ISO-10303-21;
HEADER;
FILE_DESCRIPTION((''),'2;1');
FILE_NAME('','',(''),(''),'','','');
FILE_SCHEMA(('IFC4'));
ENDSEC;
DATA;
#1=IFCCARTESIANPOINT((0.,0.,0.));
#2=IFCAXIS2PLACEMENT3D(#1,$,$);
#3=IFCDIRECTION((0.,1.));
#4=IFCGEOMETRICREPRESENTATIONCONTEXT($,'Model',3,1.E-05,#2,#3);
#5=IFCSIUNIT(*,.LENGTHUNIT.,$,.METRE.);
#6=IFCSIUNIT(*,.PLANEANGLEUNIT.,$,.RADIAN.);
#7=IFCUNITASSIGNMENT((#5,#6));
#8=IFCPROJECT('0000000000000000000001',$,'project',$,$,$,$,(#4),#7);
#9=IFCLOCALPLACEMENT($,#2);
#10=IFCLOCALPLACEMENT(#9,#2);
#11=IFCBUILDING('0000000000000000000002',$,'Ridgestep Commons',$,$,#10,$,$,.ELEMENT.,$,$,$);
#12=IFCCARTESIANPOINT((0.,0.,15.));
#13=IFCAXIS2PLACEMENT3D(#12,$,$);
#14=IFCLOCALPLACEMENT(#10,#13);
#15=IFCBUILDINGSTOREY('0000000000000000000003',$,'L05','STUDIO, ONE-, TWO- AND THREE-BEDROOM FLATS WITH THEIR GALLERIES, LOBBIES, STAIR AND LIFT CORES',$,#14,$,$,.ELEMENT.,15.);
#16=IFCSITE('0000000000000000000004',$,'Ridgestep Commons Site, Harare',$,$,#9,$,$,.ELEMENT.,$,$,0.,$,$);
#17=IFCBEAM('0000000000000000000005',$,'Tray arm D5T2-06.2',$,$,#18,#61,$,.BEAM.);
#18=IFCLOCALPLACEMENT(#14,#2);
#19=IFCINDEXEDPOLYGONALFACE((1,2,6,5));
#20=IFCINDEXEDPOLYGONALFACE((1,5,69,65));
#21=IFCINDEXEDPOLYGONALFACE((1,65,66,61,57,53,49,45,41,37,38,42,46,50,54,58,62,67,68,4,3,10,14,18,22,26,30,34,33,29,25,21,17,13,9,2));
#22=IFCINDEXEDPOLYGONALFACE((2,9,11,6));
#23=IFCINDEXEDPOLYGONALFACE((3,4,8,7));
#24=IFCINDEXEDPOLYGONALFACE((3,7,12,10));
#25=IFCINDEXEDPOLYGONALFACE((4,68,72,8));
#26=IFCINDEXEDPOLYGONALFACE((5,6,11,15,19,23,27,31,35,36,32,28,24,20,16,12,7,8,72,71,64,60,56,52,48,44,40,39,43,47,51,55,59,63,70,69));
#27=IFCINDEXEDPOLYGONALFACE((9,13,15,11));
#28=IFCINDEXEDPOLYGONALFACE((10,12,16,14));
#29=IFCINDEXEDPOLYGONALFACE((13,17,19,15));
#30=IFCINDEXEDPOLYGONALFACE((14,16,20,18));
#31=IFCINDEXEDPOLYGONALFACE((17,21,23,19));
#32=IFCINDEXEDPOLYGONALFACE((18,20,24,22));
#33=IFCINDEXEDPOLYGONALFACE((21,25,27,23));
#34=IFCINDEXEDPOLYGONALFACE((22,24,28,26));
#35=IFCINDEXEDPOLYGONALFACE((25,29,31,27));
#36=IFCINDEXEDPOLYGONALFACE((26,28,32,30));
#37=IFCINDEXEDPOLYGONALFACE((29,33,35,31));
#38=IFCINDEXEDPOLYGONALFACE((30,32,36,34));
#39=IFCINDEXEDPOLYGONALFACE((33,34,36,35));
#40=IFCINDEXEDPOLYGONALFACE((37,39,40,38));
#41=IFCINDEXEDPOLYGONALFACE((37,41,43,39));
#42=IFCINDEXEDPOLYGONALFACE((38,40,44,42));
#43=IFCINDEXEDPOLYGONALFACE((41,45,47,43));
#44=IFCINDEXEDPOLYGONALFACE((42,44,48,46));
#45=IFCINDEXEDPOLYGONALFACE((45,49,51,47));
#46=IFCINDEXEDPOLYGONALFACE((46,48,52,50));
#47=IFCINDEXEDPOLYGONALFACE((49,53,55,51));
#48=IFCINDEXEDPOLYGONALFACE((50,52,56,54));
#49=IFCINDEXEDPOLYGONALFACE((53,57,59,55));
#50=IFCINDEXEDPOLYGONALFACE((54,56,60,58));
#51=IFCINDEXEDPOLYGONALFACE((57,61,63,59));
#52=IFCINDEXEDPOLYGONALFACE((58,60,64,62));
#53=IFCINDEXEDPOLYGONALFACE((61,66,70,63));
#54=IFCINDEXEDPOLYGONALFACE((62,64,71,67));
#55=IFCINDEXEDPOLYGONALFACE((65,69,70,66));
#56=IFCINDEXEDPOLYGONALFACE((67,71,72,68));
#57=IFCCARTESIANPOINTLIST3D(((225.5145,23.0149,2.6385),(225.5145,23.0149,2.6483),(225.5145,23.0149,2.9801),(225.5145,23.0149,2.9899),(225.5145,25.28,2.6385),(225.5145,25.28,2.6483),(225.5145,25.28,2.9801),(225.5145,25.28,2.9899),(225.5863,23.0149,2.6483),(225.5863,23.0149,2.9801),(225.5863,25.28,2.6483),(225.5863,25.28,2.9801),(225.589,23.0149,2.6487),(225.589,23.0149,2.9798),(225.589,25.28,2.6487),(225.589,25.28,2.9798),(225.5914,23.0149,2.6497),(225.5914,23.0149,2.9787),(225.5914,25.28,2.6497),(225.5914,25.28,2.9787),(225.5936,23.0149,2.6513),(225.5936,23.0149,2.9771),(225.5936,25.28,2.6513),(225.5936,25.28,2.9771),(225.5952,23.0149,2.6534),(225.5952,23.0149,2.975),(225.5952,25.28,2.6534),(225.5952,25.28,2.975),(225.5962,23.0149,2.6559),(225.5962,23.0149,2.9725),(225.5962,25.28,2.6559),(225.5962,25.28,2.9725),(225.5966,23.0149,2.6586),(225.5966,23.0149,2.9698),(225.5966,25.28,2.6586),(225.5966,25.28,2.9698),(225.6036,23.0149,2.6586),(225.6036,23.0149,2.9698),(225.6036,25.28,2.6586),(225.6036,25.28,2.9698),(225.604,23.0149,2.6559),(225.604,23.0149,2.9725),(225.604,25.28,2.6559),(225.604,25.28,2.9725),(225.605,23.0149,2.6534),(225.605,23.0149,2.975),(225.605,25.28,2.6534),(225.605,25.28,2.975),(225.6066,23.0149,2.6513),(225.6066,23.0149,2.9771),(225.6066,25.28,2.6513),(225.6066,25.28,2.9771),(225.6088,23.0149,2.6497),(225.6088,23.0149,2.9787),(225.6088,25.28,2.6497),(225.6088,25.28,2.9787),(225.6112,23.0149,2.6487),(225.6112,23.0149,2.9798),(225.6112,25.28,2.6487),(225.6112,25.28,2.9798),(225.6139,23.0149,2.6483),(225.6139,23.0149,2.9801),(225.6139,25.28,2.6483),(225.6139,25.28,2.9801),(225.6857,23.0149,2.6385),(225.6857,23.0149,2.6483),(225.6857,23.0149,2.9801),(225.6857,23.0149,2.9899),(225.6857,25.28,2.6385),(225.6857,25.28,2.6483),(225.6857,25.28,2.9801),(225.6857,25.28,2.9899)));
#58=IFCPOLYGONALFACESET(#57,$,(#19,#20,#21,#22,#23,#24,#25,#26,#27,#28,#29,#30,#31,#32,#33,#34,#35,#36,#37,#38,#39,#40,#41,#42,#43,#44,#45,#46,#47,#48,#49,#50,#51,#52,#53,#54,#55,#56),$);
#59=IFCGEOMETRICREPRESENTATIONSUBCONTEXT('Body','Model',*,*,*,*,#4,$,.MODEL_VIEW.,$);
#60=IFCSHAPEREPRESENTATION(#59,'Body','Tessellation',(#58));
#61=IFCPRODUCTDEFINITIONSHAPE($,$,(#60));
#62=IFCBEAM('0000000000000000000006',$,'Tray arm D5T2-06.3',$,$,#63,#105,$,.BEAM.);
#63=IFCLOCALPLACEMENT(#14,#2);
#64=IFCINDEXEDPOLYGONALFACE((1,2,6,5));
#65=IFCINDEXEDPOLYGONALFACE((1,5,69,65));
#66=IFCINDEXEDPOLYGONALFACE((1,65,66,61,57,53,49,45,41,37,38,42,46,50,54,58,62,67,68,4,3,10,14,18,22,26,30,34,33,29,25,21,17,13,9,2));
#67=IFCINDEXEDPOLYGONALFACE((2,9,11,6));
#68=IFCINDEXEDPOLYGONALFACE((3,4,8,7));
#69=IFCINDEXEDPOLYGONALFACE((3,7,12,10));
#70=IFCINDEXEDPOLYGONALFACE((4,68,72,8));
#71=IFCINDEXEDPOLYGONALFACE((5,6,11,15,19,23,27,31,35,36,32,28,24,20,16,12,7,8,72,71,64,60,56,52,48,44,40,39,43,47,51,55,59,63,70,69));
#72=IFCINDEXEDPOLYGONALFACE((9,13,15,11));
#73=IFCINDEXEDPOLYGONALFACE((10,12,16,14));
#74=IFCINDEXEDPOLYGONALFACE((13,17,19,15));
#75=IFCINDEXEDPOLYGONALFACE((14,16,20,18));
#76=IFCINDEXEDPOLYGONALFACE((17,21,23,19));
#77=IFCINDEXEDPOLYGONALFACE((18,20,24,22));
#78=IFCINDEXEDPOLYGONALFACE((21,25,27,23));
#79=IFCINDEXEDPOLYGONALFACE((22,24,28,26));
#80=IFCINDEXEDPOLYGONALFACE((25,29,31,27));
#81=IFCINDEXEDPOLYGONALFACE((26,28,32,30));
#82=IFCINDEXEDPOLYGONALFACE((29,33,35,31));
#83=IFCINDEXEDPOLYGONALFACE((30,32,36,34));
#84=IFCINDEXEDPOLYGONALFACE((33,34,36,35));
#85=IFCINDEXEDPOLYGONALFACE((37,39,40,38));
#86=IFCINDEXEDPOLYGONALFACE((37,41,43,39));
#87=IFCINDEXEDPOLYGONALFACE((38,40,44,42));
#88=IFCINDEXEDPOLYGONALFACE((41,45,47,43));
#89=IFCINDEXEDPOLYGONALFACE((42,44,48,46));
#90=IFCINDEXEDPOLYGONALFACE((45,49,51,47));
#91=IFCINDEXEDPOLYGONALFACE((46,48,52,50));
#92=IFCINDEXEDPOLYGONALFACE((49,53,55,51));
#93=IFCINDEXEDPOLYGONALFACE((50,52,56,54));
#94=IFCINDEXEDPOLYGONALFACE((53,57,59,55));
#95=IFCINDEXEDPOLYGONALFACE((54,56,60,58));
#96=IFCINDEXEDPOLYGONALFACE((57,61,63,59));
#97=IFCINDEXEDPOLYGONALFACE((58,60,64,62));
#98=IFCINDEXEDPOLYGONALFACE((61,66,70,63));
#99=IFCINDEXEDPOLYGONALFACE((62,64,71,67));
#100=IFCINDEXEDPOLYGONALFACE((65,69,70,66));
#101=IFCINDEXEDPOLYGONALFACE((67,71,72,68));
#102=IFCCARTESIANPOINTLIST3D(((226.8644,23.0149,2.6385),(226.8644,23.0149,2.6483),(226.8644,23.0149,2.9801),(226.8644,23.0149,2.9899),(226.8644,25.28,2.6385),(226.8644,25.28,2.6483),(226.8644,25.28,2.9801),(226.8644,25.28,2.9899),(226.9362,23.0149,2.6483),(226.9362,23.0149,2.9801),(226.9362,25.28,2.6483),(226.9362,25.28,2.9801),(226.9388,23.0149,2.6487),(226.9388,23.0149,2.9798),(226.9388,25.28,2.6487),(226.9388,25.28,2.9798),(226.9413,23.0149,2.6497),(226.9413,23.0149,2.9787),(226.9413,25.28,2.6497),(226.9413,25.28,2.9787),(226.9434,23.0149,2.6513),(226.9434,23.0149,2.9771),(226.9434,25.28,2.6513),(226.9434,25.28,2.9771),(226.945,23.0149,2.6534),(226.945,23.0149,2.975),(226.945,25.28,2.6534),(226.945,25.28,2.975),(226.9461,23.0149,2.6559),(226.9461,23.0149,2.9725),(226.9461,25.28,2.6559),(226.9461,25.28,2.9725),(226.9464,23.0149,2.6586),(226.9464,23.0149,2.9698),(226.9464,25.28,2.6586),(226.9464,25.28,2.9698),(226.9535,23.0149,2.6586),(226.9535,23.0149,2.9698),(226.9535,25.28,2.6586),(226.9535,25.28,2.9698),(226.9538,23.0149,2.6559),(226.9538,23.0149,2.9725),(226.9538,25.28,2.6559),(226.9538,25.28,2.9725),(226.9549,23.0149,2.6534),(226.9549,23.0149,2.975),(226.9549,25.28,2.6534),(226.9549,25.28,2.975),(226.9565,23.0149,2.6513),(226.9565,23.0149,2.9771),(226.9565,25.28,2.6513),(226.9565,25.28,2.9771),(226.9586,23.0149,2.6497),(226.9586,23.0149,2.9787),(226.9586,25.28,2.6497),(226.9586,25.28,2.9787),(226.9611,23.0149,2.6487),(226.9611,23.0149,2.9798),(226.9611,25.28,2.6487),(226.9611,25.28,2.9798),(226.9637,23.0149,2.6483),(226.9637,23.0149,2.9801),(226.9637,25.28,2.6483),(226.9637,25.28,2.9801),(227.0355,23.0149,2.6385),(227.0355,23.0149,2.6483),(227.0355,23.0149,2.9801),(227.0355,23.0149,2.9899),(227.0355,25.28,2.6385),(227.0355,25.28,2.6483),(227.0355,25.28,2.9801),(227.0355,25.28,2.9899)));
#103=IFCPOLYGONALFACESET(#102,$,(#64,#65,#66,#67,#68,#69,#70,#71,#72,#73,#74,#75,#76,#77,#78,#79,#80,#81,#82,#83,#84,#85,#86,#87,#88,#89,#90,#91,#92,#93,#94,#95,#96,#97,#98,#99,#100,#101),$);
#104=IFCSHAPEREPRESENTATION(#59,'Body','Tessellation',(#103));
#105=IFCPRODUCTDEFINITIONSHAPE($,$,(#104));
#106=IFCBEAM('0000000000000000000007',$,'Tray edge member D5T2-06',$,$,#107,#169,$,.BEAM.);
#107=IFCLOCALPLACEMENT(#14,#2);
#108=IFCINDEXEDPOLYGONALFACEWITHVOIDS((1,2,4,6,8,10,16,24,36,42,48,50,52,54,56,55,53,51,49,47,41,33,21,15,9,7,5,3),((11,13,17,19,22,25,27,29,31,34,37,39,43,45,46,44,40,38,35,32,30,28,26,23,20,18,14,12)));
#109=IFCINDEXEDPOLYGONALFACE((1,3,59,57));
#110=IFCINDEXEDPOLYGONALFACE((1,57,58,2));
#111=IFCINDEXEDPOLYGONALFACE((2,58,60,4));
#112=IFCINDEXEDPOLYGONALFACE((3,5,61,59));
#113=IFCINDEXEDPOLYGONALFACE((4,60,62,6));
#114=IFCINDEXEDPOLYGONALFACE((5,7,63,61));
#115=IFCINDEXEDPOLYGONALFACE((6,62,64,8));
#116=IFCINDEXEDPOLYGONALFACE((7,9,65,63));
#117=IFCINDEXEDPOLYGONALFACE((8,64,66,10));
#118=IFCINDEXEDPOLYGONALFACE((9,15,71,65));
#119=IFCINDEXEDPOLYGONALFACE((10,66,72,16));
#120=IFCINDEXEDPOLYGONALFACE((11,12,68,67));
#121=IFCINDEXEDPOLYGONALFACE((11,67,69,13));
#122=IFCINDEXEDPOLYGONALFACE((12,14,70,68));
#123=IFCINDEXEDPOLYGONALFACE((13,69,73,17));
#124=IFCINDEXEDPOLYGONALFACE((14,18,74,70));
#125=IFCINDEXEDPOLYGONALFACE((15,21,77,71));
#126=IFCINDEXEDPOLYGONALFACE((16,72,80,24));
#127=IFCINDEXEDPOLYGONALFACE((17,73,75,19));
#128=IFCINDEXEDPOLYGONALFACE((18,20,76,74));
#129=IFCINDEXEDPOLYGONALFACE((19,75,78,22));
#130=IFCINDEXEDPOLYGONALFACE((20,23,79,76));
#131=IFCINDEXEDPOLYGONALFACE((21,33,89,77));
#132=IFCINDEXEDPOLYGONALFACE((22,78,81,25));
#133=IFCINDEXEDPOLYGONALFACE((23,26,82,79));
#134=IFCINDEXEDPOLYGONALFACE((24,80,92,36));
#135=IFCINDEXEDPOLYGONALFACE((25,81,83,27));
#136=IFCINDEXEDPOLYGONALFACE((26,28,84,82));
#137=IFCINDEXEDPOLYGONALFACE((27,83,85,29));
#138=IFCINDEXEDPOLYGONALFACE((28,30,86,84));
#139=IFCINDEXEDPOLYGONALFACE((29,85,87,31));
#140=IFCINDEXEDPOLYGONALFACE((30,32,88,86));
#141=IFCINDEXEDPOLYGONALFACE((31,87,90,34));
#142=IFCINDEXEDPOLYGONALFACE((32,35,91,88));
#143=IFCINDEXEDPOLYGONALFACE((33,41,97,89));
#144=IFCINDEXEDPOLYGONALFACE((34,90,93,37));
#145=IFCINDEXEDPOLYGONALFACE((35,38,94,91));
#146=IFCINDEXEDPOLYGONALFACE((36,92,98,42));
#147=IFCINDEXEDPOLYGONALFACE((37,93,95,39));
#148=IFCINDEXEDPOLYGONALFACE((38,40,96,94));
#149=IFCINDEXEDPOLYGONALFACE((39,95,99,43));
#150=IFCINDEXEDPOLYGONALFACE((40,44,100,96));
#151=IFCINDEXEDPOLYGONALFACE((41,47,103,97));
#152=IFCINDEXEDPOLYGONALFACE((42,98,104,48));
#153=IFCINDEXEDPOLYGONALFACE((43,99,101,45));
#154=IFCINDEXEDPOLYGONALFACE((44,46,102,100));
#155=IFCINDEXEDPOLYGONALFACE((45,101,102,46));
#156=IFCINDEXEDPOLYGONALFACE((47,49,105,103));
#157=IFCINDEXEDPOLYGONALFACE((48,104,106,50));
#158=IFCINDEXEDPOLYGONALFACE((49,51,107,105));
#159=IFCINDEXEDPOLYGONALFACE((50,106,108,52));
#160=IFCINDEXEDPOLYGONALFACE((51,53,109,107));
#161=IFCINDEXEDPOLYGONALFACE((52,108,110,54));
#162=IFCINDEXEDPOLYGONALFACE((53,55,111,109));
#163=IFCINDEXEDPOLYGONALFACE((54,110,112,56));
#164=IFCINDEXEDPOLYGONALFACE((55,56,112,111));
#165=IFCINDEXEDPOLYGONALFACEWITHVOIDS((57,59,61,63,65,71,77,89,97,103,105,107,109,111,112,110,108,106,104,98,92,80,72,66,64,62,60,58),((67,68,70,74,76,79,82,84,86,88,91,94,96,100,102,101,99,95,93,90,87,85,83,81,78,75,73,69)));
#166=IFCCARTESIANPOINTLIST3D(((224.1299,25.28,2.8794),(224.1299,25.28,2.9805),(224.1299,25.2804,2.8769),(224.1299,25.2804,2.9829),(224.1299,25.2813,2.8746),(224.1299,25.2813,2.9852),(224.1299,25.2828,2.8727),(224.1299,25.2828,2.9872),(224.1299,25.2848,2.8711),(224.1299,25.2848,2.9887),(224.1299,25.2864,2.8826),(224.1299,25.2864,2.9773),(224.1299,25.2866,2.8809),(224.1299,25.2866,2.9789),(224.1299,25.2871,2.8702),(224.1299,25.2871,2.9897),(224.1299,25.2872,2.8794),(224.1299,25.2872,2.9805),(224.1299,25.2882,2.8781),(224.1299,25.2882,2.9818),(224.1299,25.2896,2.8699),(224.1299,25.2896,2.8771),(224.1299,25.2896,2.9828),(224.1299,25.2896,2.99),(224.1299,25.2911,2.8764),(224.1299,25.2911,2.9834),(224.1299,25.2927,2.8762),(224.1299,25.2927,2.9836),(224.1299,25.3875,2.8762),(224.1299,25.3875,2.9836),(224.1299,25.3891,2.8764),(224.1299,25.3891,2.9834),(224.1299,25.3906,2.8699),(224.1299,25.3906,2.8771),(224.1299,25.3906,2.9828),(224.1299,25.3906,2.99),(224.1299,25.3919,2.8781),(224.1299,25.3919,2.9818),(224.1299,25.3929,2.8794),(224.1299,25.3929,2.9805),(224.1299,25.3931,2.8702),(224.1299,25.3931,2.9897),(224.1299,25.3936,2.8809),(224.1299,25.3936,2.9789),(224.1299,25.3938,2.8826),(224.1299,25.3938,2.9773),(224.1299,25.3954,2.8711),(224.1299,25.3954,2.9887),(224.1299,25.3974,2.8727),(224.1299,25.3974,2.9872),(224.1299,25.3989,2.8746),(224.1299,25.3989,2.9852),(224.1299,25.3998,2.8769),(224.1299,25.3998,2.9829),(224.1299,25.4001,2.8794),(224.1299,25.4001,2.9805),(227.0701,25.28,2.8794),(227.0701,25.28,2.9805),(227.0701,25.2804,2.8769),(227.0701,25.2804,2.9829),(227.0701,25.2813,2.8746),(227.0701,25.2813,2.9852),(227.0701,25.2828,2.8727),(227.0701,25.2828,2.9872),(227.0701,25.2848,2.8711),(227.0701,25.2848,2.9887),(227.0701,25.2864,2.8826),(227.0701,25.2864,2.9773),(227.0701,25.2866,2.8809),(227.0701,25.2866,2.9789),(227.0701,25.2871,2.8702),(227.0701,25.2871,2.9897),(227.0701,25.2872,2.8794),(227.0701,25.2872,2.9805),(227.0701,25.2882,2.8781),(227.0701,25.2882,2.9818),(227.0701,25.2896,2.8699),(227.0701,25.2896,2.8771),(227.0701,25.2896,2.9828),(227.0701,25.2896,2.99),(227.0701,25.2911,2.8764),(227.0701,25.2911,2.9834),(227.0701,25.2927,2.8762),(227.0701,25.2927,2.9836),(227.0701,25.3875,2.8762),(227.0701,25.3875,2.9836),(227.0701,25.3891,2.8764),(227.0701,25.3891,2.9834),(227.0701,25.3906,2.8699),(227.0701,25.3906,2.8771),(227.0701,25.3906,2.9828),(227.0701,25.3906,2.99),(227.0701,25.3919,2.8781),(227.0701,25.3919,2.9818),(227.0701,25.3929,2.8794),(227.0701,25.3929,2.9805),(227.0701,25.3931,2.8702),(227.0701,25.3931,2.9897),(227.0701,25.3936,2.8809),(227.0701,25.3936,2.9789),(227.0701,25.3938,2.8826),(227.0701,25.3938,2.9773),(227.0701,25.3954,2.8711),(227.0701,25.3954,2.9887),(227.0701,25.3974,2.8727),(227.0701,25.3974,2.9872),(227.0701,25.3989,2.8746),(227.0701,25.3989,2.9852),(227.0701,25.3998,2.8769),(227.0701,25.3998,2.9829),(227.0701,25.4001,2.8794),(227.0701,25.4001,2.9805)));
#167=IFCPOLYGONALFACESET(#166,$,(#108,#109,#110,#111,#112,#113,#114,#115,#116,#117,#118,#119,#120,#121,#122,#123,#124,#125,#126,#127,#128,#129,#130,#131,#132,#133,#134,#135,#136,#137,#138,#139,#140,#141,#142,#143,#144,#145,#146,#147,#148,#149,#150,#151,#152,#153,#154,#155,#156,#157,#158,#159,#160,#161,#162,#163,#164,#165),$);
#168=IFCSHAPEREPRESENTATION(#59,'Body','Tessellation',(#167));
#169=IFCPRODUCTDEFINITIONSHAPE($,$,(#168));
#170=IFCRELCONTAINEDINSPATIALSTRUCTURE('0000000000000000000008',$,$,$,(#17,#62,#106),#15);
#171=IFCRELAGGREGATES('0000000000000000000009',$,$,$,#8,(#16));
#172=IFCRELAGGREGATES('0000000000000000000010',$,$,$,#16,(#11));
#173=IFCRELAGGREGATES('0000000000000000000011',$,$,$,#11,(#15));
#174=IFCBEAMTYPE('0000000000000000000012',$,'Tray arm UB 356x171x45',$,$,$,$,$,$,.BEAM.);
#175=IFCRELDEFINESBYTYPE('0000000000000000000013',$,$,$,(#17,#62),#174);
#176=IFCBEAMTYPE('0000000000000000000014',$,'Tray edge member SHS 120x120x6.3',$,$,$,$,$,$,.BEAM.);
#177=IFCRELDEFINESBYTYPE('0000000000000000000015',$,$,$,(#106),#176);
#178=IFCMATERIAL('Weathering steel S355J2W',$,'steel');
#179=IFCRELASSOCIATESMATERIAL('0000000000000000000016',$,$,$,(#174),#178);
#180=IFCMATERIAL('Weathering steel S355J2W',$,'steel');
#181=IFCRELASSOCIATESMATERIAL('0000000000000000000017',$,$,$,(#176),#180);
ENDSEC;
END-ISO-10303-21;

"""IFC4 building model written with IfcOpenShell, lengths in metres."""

from ifc_helpers import new_model, si_unit, direction, frame, origin, origin_2d, place, context, subcontext, project, spatial, hollow_rectangle, i_section, extrude, material, material_profile, profile_set, type_object, element, save


model = new_model("IFC4")

# Units and contexts
model_context = context("Model", 3, precision=1e-05, world=origin(), true_north=direction((0.0, 1.0)))
body_context = subcontext(model_context, "Body", "Model", "MODEL_VIEW")
ifc_project = project(units=[si_unit("LENGTHUNIT", "METRE"), si_unit("PLANEANGLEUNIT", "RADIAN")], contexts=[model_context])

# Site, building, storey
site_placement = place(None, origin())
site = spatial("IfcSite", under=ifc_project, at=site_placement, Name="Ridgestep Commons Site, Harare", CompositionType="ELEMENT", RefElevation=0.0)
building_placement = place(site_placement, origin())
building = spatial("IfcBuilding", under=site, at=building_placement, Name="Ridgestep Commons", CompositionType="ELEMENT")
storey_placement = place(building_placement, frame((0.0, 0.0, 15.0)))
storey = spatial("IfcBuildingStorey", under=building, at=storey_placement, Name="L05", Description="STUDIO, ONE-, TWO- AND THREE-BEDROOM FLATS WITH THEIR GALLERIES, LOBBIES, STAIR AND LIFT CORES", CompositionType="ELEMENT", Elevation=15.0)

# Beams
ifc_material_1 = material(Name="Weathering steel S355J2W", Category="steel")
ifc_material_profile_1 = material_profile(ifc_material_1, i_section(OverallWidth=0.1711, OverallDepth=0.3513, WebThickness=0.0071, FlangeThickness=0.0098, FilletRadius=0.0103, at=origin_2d()), Name="UB 356x171x45")
ifc_profile_set_1 = profile_set([ifc_material_profile_1], Name="Weathering steel S355J2W")
beam_type_1 = type_object("IfcBeamType", Name="Tray arm UB 356x171x45", PredefinedType="BEAM", material=ifc_profile_set_1)
for number, where, z_axis, x_axis, name in (
    (1, (225.6001, 23.0149, 2.8142), (0.0, 1.0, 0.0), (-1.0, 0.0, 0.0), "Tray arm D5T2-06.2"),
    (2, (226.95, 23.0149, 2.8142), (0.0, 1.0, 0.0), (-1.0, 0.0, 0.0), "Tray arm D5T2-06.3"),
):
    element("IfcBeam", number, at=place(storey_placement, frame(where, z_axis=z_axis, x_axis=x_axis)), inside=storey, type_object=beam_type_1, Name=name, PredefinedType="BEAM", context=body_context, shape_type="SweptSolid", body=[
        extrude(i_section(OverallWidth=0.1711, OverallDepth=0.3513, WebThickness=0.0071, FlangeThickness=0.0098, FilletRadius=0.0103, at=origin_2d()), origin(), (0.0, 0.0, 1.0), 2.2651),
    ])
ifc_material_2 = material(Name="Weathering steel S355J2W", Category="steel")
ifc_material_profile_2 = material_profile(ifc_material_2, hollow_rectangle(XDim=0.1201, YDim=0.1201, WallThickness=0.0063, InnerFilletRadius=0.0063, OuterFilletRadius=0.0095, at=origin_2d()), Name="SHS 120x120x6.3")
ifc_profile_set_2 = profile_set([ifc_material_profile_2], Name="Weathering steel S355J2W")
beam_type_2 = type_object("IfcBeamType", Name="Tray edge member SHS 120x120x6.3", PredefinedType="BEAM", material=ifc_profile_set_2)
beam_1_placement = place(storey_placement, frame((224.1299, 25.3401, 2.9299), z_axis=(1.0, 0.0, 0.0), x_axis=(0.0, 0.0, 1.0)))
element("IfcBeam", 3, at=beam_1_placement, inside=storey, type_object=beam_type_2, Name="Tray edge member D5T2-06", PredefinedType="BEAM", context=body_context, shape_type="SweptSolid", body=[
    extrude(hollow_rectangle(XDim=0.1201, YDim=0.1201, WallThickness=0.0063, InnerFilletRadius=0.0063, OuterFilletRadius=0.0095, at=origin_2d()), origin(), (0.0, 0.0, 1.0), 2.9402),
])

save(model, "model.ifc")
